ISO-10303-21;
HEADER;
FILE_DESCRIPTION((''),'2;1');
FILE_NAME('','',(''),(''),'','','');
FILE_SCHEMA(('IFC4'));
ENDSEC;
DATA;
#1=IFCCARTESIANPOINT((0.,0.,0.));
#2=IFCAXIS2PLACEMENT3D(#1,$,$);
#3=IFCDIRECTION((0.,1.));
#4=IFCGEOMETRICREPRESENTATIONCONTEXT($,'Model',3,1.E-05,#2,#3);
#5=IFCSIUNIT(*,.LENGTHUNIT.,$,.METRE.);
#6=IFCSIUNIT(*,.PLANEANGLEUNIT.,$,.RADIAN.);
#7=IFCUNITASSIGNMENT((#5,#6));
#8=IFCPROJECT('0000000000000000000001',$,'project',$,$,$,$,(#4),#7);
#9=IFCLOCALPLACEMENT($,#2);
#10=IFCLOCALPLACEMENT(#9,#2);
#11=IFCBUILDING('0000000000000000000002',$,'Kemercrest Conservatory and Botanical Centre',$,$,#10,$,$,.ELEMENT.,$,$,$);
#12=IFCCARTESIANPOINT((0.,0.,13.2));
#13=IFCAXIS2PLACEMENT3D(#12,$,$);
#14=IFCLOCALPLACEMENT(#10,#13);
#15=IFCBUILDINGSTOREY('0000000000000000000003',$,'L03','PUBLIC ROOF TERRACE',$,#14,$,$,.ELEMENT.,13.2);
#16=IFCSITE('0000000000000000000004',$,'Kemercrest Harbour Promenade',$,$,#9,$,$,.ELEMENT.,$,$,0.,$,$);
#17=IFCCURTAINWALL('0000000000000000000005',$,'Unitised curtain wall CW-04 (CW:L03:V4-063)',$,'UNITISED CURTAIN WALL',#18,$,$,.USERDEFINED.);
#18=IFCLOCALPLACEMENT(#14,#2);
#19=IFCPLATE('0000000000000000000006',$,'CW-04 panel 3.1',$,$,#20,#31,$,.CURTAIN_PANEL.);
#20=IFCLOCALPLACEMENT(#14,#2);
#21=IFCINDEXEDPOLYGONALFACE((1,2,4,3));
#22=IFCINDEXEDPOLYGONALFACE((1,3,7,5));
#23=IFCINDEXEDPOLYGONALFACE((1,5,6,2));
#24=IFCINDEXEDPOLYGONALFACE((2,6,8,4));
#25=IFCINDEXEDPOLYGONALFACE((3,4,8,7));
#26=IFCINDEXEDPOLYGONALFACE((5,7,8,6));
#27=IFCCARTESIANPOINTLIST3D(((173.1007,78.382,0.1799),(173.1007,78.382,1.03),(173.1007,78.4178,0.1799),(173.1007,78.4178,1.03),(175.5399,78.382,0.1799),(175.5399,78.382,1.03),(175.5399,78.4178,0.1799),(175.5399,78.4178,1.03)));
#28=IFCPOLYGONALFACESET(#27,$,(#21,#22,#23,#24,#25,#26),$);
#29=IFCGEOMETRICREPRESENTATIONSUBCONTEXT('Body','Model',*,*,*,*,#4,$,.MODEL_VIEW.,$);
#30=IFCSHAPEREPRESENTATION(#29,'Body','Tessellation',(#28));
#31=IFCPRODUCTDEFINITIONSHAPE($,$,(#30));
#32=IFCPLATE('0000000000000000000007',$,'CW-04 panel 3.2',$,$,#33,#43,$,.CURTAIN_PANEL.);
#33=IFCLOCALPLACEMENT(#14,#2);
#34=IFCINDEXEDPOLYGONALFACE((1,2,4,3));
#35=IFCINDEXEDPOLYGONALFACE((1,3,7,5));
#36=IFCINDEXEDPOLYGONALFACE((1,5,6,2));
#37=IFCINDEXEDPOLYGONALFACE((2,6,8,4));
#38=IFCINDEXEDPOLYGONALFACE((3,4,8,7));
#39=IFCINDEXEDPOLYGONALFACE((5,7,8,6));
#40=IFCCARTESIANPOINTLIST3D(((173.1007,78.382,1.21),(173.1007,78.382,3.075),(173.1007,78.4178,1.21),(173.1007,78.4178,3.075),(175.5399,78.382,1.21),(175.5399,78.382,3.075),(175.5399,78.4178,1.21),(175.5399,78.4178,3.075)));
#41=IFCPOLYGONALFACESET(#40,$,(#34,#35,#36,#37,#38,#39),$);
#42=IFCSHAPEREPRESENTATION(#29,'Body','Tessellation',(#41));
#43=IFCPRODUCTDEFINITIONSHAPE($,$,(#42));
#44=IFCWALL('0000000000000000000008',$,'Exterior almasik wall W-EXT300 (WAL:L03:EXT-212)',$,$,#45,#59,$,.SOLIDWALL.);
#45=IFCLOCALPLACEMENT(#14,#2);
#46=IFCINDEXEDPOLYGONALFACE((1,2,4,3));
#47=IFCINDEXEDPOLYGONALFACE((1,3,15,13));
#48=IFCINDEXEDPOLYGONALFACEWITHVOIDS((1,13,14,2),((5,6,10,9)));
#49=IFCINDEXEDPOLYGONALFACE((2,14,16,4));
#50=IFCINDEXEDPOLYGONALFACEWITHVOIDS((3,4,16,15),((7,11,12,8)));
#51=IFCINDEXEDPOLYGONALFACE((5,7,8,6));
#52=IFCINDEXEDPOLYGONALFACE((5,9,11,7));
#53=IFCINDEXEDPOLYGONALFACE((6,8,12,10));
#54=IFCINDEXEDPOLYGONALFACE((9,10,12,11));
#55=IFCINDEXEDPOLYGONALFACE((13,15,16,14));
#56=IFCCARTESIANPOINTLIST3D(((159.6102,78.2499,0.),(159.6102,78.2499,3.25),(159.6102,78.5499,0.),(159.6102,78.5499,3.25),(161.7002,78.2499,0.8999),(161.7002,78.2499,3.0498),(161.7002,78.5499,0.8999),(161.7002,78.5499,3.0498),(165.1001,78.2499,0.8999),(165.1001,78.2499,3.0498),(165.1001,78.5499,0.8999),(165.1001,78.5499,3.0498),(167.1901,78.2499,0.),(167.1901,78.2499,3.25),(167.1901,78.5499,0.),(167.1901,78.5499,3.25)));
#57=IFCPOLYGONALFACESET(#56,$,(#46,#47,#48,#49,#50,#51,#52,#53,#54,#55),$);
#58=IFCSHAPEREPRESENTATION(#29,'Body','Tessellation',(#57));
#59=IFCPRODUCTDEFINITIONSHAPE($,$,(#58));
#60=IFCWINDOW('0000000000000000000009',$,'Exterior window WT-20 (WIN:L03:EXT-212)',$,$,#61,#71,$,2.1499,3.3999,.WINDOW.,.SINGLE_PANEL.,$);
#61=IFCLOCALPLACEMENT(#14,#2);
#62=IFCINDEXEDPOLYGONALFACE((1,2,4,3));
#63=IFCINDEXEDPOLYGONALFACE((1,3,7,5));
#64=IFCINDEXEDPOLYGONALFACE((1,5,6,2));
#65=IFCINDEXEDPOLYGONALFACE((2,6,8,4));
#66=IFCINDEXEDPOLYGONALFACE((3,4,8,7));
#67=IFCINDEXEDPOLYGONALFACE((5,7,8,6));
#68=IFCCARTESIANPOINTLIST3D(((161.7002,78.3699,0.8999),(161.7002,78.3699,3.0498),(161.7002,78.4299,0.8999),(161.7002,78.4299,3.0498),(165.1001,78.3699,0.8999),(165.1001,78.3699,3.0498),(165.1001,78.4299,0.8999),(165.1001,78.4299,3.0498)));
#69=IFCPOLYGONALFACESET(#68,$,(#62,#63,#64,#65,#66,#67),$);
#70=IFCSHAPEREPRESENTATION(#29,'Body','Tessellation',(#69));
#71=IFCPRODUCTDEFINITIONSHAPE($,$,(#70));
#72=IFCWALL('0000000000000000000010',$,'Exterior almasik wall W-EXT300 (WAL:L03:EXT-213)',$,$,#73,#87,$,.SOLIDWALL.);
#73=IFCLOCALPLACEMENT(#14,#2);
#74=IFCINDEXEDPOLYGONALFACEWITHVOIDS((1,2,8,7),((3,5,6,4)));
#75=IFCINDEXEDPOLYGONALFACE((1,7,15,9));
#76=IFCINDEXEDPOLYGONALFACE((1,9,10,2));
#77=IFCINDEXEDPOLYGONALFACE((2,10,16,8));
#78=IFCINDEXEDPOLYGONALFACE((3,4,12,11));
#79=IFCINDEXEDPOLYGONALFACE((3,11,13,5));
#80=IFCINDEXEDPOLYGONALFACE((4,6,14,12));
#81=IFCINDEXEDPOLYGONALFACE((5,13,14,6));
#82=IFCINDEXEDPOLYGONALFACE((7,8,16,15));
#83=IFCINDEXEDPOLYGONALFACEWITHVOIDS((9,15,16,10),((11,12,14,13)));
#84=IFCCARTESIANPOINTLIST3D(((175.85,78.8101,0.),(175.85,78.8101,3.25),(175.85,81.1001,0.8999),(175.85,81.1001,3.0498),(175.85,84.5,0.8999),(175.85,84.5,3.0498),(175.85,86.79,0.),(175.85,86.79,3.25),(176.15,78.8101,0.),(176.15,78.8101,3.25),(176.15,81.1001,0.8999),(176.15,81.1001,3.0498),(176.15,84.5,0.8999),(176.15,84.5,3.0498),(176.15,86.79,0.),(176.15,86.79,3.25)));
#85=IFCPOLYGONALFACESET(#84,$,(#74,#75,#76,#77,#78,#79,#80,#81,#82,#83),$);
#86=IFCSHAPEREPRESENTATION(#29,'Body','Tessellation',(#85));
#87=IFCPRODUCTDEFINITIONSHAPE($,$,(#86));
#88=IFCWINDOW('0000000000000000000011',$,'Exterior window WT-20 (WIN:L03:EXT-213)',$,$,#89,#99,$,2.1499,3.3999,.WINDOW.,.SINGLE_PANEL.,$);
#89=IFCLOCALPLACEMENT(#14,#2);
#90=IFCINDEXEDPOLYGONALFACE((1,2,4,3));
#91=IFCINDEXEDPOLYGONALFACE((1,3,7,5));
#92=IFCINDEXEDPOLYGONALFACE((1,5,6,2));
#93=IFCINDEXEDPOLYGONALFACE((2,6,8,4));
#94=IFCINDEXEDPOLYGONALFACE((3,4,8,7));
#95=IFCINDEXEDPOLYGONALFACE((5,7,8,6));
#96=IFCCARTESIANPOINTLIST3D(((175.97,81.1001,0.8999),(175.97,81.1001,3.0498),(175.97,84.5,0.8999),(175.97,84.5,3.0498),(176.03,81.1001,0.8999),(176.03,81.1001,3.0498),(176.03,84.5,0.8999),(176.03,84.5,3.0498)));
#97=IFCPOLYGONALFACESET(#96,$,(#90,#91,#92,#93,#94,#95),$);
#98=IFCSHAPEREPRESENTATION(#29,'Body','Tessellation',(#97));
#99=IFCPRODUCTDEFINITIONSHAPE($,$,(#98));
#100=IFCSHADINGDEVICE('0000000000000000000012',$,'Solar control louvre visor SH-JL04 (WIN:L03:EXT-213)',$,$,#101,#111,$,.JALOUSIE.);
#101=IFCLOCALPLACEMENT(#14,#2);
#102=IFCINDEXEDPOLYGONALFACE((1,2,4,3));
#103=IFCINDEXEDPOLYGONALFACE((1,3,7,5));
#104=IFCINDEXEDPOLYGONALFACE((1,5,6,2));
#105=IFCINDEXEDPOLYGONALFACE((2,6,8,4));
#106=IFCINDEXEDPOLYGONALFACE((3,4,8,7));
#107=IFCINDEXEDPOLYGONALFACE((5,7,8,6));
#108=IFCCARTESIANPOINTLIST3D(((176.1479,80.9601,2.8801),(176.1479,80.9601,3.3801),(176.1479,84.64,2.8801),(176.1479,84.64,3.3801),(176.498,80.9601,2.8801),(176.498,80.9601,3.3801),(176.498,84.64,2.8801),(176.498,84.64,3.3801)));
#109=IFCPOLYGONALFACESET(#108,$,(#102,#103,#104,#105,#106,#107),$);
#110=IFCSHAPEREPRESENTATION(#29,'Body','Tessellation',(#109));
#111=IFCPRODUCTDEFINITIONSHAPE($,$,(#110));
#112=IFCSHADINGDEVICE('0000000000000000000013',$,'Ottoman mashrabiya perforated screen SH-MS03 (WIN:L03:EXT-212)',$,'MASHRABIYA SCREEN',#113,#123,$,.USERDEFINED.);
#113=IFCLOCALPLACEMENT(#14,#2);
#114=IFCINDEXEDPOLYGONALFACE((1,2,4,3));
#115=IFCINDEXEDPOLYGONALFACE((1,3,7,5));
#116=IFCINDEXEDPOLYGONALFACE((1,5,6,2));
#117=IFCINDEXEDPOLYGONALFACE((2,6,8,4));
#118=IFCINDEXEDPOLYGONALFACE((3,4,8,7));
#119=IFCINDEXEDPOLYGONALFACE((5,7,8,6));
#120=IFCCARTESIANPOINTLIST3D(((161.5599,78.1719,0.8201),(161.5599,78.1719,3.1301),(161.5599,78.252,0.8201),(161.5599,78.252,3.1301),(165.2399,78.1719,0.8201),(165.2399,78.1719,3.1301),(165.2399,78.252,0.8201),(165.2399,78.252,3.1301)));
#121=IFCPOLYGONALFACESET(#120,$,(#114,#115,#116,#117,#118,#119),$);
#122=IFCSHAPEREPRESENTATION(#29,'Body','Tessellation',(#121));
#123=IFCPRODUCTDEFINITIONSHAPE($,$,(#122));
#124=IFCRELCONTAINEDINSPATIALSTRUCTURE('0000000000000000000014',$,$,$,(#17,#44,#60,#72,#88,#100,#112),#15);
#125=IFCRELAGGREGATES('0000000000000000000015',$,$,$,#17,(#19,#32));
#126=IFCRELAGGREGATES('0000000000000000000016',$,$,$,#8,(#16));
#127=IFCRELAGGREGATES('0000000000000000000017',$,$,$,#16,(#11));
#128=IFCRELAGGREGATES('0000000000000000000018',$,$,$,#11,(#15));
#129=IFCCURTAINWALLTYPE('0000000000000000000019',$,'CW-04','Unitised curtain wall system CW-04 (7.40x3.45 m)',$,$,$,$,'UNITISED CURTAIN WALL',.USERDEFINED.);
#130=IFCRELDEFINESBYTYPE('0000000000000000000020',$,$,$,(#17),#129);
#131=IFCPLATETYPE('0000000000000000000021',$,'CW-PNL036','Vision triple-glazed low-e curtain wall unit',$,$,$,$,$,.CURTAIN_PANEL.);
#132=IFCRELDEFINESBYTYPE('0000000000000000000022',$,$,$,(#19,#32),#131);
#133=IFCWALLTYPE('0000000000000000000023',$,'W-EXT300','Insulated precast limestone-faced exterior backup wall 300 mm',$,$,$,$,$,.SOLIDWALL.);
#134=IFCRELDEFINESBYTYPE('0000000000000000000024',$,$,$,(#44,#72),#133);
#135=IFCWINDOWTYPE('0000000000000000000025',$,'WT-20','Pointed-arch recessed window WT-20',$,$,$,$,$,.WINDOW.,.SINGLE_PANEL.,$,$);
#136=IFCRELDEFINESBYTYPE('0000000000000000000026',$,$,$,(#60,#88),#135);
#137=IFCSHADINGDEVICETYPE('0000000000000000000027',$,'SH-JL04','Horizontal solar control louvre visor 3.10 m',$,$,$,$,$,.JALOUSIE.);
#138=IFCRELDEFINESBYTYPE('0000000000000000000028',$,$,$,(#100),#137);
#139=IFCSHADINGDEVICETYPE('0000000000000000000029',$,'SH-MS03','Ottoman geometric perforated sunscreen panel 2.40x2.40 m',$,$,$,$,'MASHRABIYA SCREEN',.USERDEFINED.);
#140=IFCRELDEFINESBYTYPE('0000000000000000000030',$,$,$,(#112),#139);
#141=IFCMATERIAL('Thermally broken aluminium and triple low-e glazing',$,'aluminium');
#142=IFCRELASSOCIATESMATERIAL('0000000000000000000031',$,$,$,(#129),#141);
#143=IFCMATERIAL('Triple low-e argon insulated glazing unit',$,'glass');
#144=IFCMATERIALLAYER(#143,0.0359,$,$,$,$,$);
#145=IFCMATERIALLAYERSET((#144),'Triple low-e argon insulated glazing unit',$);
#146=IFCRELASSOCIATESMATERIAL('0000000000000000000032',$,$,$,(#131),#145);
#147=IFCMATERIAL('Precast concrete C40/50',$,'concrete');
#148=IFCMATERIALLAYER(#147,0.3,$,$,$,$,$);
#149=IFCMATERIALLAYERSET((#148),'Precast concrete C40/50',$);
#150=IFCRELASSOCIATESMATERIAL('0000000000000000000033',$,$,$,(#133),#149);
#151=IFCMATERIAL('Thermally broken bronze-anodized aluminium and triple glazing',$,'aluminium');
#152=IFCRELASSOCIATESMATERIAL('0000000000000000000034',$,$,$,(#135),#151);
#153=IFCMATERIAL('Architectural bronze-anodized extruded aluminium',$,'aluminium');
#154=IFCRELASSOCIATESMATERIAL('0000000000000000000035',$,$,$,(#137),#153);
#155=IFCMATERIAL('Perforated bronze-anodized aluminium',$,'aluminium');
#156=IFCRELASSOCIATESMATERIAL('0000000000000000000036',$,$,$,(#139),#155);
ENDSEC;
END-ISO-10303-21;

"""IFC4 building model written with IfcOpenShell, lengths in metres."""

from ifc_helpers import new_model, si_unit, direction, frame, frame_2d, origin, origin_2d, place, context, subcontext, project, spatial, rectangle, extrude, material, layer, layer_set, type_object, element, fill, aggregate, save


model = new_model("IFC4")

# Units and contexts
model_context = context("Model", 3, precision=1e-05, world=origin(), true_north=direction((0.0, 1.0)))
body_context = subcontext(model_context, "Body", "Model", "MODEL_VIEW")
ifc_project = project(units=[si_unit("LENGTHUNIT", "METRE"), si_unit("PLANEANGLEUNIT", "RADIAN")], contexts=[model_context])

# Site, building, storey
site_placement = place(None, origin())
site = spatial("IfcSite", under=ifc_project, at=site_placement, Name="Kemercrest Harbour Promenade", CompositionType="ELEMENT", RefElevation=0.0)
building_placement = place(site_placement, origin())
building = spatial("IfcBuilding", under=site, at=building_placement, Name="Kemercrest Conservatory and Botanical Centre", CompositionType="ELEMENT")
storey_placement = place(building_placement, frame((0.0, 0.0, 13.2)))
storey = spatial("IfcBuildingStorey", under=building, at=storey_placement, Name="L03", Description="PUBLIC ROOF TERRACE", CompositionType="ELEMENT", Elevation=13.2)

# Curtain wall
ifc_material_1 = material(Name="Thermally broken aluminium and triple low-e glazing", Category="aluminium")
curtain_wall_type = type_object("IfcCurtainWallType", Name="CW-04", Description="Unitised curtain wall system CW-04 (7.40x3.45 m)", ElementType="UNITISED CURTAIN WALL", PredefinedType="USERDEFINED", material=ifc_material_1)
curtain_wall_placement = place(storey_placement, origin())
curtain_wall = element("IfcCurtainWall", 1, at=curtain_wall_placement, inside=storey, type_object=curtain_wall_type, Name="Unitised curtain wall CW-04 (CW:L03:V4-063)", ObjectType="UNITISED CURTAIN WALL", PredefinedType="USERDEFINED")

# Plates
ifc_material_2 = material(Name="Triple low-e argon insulated glazing unit", Category="glass")
ifc_layer_1 = layer(ifc_material_2, 0.0359)
ifc_layer_set_1 = layer_set([ifc_layer_1], Name="Triple low-e argon insulated glazing unit")
plate_type = type_object("IfcPlateType", Name="CW-PNL036", Description="Vision triple-glazed low-e curtain wall unit", PredefinedType="CURTAIN_PANEL", material=ifc_layer_set_1)
plate_1_placement = place(storey_placement, frame((174.3203, 78.3999, 0.1799), z_axis=(0.0, 0.0, 1.0), x_axis=(1.0, 0.0, 0.0)))
plate_1 = element("IfcPlate", 2, at=plate_1_placement, type_object=plate_type, Name="CW-04 panel 3.1", PredefinedType="CURTAIN_PANEL", context=body_context, shape_type="SweptSolid", body=[
    extrude(rectangle(XDim=2.4392, YDim=0.0359, at=origin_2d()), origin(), (0.0, 0.0, 1.0), 0.8501),
])
plate_2_placement = place(storey_placement, frame((174.3203, 78.3999, 1.21), z_axis=(0.0, 0.0, 1.0), x_axis=(1.0, 0.0, 0.0)))
plate_2 = element("IfcPlate", 3, at=plate_2_placement, type_object=plate_type, Name="CW-04 panel 3.2", PredefinedType="CURTAIN_PANEL", context=body_context, shape_type="SweptSolid", body=[
    extrude(rectangle(XDim=2.4392, YDim=0.0359, at=origin_2d()), origin(), (0.0, 0.0, 1.0), 1.865),
])
aggregate(curtain_wall, [plate_1, plate_2])

# Walls, openings, windows
ifc_material_3 = material(Name="Precast concrete C40/50", Category="concrete")
ifc_layer_2 = layer(ifc_material_3, 0.3)
ifc_layer_set_2 = layer_set([ifc_layer_2], Name="Precast concrete C40/50")
wall_type = type_object("IfcWallType", Name="W-EXT300", Description="Insulated precast limestone-faced exterior backup wall 300 mm", PredefinedType="SOLIDWALL", material=ifc_layer_set_2)
wall_1_placement = place(storey_placement, frame((159.6101, 78.3999, 0.0), z_axis=(0.0, 0.0, 1.0), x_axis=(1.0, 0.0, 0.0)))
wall_1 = element("IfcWall", 4, at=wall_1_placement, inside=storey, type_object=wall_type, Name="Exterior almasik wall W-EXT300 (WAL:L03:EXT-212)", PredefinedType="SOLIDWALL", context=body_context, shape_type="SweptSolid", body=[
    extrude(rectangle(XDim=7.5798, YDim=0.3, at=frame_2d((3.79, 0.0))), origin(), (0.0, 0.0, 1.0), 3.25),
])
opening_1_placement = place(wall_1_placement, frame((2.0901, 0.0, 0.8999)))
opening_1 = element("IfcOpeningElement", 5, at=opening_1_placement, cuts=wall_1, PredefinedType="OPENING", context=body_context, shape_type="SweptSolid", body=[
    extrude(rectangle(XDim=3.3999, YDim=2.1499, at=frame_2d((1.7, 1.075))), frame((0.0, 0.1602, 0.0), z_axis=(0.0, -1.0, 0.0), x_axis=(1.0, 0.0, 0.0)), (0.0, 0.0, 1.0), 0.3201),
])
ifc_material_4 = material(Name="Thermally broken bronze-anodized aluminium and triple glazing", Category="aluminium")
window_type = type_object("IfcWindowType", Name="WT-20", Description="Pointed-arch recessed window WT-20", PartitioningType="SINGLE_PANEL", PredefinedType="WINDOW", material=ifc_material_4)
window_1_placement = place(opening_1_placement, origin())
window_1 = element("IfcWindow", 6, at=window_1_placement, inside=storey, type_object=window_type, Name="Exterior window WT-20 (WIN:L03:EXT-212)", OverallHeight=2.1499, OverallWidth=3.3999, PartitioningType="SINGLE_PANEL", PredefinedType="WINDOW", context=body_context, shape_type="SweptSolid", body=[
    extrude(rectangle(XDim=3.3999, YDim=2.1499, at=frame_2d((1.7, 1.075))), frame((0.0, 0.03, 0.0), z_axis=(0.0, -1.0, 0.0), x_axis=(1.0, 0.0, 0.0)), (0.0, 0.0, 1.0), 0.0601),
])
fill(opening_1, window_1)
wall_2_placement = place(storey_placement, frame((176.0, 78.8101, 0.0), z_axis=(0.0, 0.0, 1.0), x_axis=(0.0, 1.0, 0.0)))
wall_2 = element("IfcWall", 7, at=wall_2_placement, inside=storey, type_object=wall_type, Name="Exterior almasik wall W-EXT300 (WAL:L03:EXT-213)", PredefinedType="SOLIDWALL", context=body_context, shape_type="SweptSolid", body=[
    extrude(rectangle(XDim=7.98, YDim=0.3, at=frame_2d((3.99, 0.0))), origin(), (0.0, 0.0, 1.0), 3.25),
])
opening_2_placement = place(wall_2_placement, frame((2.29, 0.0, 0.8999)))
opening_2 = element("IfcOpeningElement", 8, at=opening_2_placement, cuts=wall_2, PredefinedType="OPENING", context=body_context, shape_type="SweptSolid", body=[
    extrude(rectangle(XDim=3.3999, YDim=2.1499, at=frame_2d((1.7, 1.075))), frame((0.0, 0.1602, 0.0), z_axis=(0.0, -1.0, 0.0), x_axis=(1.0, 0.0, 0.0)), (0.0, 0.0, 1.0), 0.3201),
])
window_2_placement = place(opening_2_placement, origin())
window_2 = element("IfcWindow", 9, at=window_2_placement, inside=storey, type_object=window_type, Name="Exterior window WT-20 (WIN:L03:EXT-213)", OverallHeight=2.1499, OverallWidth=3.3999, PartitioningType="SINGLE_PANEL", PredefinedType="WINDOW", context=body_context, shape_type="SweptSolid", body=[
    extrude(rectangle(XDim=3.3999, YDim=2.1499, at=frame_2d((1.7, 1.075))), frame((0.0, 0.03, 0.0), z_axis=(0.0, -1.0, 0.0), x_axis=(1.0, 0.0, 0.0)), (0.0, 0.0, 1.0), 0.0601),
])
fill(opening_2, window_2)

# Shading devices
ifc_material_5 = material(Name="Architectural bronze-anodized extruded aluminium", Category="aluminium")
shading_device_type_1 = type_object("IfcShadingDeviceType", Name="SH-JL04", Description="Horizontal solar control louvre visor 3.10 m", PredefinedType="JALOUSIE", material=ifc_material_5)
shading_device_1_placement = place(storey_placement, frame((176.323, 82.8, 2.8801), z_axis=(0.0, 0.0, 1.0), x_axis=(0.0, 1.0, 0.0)))
element("IfcShadingDevice", 10, at=shading_device_1_placement, inside=storey, type_object=shading_device_type_1, Name="Solar control louvre visor SH-JL04 (WIN:L03:EXT-213)", PredefinedType="JALOUSIE", context=body_context, shape_type="SweptSolid", body=[
    extrude(rectangle(XDim=3.6799, YDim=0.3501, at=origin_2d()), origin(), (0.0, 0.0, 1.0), 0.5),
])
ifc_material_6 = material(Name="Perforated bronze-anodized aluminium", Category="aluminium")
shading_device_type_2 = type_object("IfcShadingDeviceType", Name="SH-MS03", Description="Ottoman geometric perforated sunscreen panel 2.40x2.40 m", ElementType="MASHRABIYA SCREEN", PredefinedType="USERDEFINED", material=ifc_material_6)
shading_device_2_placement = place(storey_placement, frame((163.3999, 78.2119, 0.8201), z_axis=(0.0, 0.0, 1.0), x_axis=(1.0, 0.0, 0.0)))
element("IfcShadingDevice", 11, at=shading_device_2_placement, inside=storey, type_object=shading_device_type_2, Name="Ottoman mashrabiya perforated screen SH-MS03 (WIN:L03:EXT-212)", ObjectType="MASHRABIYA SCREEN", PredefinedType="USERDEFINED", context=body_context, shape_type="SweptSolid", body=[
    extrude(rectangle(XDim=3.6799, YDim=0.0801, at=origin_2d()), origin(), (0.0, 0.0, 1.0), 2.3101),
])

save(model, "model.ifc")
